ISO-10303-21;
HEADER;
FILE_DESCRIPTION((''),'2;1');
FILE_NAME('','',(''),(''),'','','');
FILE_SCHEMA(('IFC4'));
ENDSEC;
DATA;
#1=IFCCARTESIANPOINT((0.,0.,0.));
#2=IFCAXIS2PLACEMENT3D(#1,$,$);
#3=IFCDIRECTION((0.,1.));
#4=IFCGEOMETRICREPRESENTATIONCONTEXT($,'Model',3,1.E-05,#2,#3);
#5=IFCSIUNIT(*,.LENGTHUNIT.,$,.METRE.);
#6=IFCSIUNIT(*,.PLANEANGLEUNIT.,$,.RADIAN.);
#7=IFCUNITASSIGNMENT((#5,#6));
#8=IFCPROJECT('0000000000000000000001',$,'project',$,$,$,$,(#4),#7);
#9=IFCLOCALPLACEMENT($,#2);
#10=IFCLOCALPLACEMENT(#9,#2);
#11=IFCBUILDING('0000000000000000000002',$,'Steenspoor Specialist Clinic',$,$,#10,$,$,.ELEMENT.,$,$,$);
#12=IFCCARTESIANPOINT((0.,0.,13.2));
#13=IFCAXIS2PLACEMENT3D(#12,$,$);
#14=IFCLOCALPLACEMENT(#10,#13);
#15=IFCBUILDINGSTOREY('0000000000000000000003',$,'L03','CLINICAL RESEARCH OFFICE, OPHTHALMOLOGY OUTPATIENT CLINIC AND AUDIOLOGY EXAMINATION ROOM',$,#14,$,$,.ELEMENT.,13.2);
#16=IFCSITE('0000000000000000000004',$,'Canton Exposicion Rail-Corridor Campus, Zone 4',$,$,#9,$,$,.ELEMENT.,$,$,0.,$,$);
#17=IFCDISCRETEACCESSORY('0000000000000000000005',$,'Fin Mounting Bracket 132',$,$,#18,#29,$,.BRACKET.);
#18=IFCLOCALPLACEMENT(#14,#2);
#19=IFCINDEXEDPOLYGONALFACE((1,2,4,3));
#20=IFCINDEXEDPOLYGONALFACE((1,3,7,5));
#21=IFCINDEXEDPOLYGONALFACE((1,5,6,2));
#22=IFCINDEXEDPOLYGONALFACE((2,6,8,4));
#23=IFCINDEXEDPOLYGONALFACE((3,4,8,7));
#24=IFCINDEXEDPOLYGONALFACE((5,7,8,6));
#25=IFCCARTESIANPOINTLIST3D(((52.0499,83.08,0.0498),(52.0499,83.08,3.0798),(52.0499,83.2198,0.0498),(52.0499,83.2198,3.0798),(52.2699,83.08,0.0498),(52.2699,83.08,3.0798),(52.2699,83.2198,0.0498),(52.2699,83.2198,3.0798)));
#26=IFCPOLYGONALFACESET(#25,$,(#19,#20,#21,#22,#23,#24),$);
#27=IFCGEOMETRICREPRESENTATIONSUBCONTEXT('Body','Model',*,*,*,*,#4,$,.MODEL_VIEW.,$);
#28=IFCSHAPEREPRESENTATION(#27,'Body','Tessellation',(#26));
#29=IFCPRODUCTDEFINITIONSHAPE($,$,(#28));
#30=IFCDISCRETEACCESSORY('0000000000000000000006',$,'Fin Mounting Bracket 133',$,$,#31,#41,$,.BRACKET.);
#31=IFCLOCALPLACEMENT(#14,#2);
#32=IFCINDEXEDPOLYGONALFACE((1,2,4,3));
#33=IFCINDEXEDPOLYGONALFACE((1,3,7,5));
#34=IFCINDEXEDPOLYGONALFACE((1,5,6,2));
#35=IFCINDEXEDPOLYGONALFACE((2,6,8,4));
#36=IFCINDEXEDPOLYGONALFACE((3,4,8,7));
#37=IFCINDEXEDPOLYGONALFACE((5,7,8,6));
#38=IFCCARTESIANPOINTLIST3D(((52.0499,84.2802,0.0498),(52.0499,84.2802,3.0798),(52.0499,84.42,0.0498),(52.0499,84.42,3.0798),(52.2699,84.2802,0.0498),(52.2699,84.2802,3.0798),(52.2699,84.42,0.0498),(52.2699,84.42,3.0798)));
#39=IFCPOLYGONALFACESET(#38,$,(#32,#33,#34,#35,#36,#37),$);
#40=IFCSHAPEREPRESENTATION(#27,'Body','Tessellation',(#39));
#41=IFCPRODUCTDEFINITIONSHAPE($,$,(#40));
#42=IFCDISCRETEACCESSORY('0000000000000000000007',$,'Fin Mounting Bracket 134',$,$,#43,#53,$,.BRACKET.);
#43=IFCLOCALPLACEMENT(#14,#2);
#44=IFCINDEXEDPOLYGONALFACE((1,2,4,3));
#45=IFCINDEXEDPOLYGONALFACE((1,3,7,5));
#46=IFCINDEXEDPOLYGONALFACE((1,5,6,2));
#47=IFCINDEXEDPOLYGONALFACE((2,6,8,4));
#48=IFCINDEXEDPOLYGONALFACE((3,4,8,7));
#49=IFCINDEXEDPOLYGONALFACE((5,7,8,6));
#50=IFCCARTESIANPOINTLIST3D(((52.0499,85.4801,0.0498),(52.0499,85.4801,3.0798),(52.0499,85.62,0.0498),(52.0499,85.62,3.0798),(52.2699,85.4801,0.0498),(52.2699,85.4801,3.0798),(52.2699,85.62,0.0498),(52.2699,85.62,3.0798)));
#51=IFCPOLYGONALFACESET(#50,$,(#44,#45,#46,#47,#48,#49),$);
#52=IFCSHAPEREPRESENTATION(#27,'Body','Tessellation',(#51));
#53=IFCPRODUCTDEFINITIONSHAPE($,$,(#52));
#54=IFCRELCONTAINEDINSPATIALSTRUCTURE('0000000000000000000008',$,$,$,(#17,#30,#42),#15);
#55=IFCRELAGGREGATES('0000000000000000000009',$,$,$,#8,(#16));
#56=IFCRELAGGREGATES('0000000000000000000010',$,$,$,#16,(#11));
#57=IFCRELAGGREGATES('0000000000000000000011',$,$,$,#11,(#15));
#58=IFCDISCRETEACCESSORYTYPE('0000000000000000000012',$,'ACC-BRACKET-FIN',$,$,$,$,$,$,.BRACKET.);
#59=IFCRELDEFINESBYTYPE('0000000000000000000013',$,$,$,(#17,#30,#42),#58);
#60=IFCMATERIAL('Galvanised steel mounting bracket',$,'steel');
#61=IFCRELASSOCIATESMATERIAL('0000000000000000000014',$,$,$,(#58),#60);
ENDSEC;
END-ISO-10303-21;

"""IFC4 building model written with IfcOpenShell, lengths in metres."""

from ifc_helpers import new_model, si_unit, direction, frame, origin, origin_2d, place, context, subcontext, project, spatial, rectangle, extrude, material, type_object, element, save


model = new_model("IFC4")

# Units and contexts
model_context = context("Model", 3, precision=1e-05, world=origin(), true_north=direction((0.0, 1.0)))
body_context = subcontext(model_context, "Body", "Model", "MODEL_VIEW")
ifc_project = project(units=[si_unit("LENGTHUNIT", "METRE"), si_unit("PLANEANGLEUNIT", "RADIAN")], contexts=[model_context])

# Site, building, storey
site_placement = place(None, origin())
site = spatial("IfcSite", under=ifc_project, at=site_placement, Name="Canton Exposicion Rail-Corridor Campus, Zone 4", CompositionType="ELEMENT", RefElevation=0.0)
building_placement = place(site_placement, origin())
building = spatial("IfcBuilding", under=site, at=building_placement, Name="Steenspoor Specialist Clinic", CompositionType="ELEMENT")
storey_placement = place(building_placement, frame((0.0, 0.0, 13.2)))
storey = spatial("IfcBuildingStorey", under=building, at=storey_placement, Name="L03", Description="CLINICAL RESEARCH OFFICE, OPHTHALMOLOGY OUTPATIENT CLINIC AND AUDIOLOGY EXAMINATION ROOM", CompositionType="ELEMENT", Elevation=13.2)

# Discrete accessories
ifc_material_1 = material(Name="Galvanised steel mounting bracket", Category="steel")
discrete_accessory_type = type_object("IfcDiscreteAccessoryType", Name="ACC-BRACKET-FIN", PredefinedType="BRACKET", material=ifc_material_1)
for number, where, z_axis, x_axis, name in (
    (1, (52.1599, 83.1499, 0.0498), (0.0, 0.0, 1.0), (-1.0, 0.0, 0.0), "Fin Mounting Bracket 132"),
    (2, (52.1599, 84.3501, 0.0498), (0.0, 0.0, 1.0), (-1.0, 0.0, 0.0), "Fin Mounting Bracket 133"),
    (3, (52.1599, 85.55, 0.0498), (0.0, 0.0, 1.0), (-1.0, 0.0, 0.0), "Fin Mounting Bracket 134"),
):
    element("IfcDiscreteAccessory", number, at=place(storey_placement, frame(where, z_axis=z_axis, x_axis=x_axis)), inside=storey, type_object=discrete_accessory_type, Name=name, PredefinedType="BRACKET", context=body_context, shape_type="SweptSolid", body=[
        extrude(rectangle(XDim=0.22, YDim=0.1399, at=origin_2d()), origin(), (0.0, 0.0, 1.0), 3.03),
    ])

save(model, "model.ifc")
